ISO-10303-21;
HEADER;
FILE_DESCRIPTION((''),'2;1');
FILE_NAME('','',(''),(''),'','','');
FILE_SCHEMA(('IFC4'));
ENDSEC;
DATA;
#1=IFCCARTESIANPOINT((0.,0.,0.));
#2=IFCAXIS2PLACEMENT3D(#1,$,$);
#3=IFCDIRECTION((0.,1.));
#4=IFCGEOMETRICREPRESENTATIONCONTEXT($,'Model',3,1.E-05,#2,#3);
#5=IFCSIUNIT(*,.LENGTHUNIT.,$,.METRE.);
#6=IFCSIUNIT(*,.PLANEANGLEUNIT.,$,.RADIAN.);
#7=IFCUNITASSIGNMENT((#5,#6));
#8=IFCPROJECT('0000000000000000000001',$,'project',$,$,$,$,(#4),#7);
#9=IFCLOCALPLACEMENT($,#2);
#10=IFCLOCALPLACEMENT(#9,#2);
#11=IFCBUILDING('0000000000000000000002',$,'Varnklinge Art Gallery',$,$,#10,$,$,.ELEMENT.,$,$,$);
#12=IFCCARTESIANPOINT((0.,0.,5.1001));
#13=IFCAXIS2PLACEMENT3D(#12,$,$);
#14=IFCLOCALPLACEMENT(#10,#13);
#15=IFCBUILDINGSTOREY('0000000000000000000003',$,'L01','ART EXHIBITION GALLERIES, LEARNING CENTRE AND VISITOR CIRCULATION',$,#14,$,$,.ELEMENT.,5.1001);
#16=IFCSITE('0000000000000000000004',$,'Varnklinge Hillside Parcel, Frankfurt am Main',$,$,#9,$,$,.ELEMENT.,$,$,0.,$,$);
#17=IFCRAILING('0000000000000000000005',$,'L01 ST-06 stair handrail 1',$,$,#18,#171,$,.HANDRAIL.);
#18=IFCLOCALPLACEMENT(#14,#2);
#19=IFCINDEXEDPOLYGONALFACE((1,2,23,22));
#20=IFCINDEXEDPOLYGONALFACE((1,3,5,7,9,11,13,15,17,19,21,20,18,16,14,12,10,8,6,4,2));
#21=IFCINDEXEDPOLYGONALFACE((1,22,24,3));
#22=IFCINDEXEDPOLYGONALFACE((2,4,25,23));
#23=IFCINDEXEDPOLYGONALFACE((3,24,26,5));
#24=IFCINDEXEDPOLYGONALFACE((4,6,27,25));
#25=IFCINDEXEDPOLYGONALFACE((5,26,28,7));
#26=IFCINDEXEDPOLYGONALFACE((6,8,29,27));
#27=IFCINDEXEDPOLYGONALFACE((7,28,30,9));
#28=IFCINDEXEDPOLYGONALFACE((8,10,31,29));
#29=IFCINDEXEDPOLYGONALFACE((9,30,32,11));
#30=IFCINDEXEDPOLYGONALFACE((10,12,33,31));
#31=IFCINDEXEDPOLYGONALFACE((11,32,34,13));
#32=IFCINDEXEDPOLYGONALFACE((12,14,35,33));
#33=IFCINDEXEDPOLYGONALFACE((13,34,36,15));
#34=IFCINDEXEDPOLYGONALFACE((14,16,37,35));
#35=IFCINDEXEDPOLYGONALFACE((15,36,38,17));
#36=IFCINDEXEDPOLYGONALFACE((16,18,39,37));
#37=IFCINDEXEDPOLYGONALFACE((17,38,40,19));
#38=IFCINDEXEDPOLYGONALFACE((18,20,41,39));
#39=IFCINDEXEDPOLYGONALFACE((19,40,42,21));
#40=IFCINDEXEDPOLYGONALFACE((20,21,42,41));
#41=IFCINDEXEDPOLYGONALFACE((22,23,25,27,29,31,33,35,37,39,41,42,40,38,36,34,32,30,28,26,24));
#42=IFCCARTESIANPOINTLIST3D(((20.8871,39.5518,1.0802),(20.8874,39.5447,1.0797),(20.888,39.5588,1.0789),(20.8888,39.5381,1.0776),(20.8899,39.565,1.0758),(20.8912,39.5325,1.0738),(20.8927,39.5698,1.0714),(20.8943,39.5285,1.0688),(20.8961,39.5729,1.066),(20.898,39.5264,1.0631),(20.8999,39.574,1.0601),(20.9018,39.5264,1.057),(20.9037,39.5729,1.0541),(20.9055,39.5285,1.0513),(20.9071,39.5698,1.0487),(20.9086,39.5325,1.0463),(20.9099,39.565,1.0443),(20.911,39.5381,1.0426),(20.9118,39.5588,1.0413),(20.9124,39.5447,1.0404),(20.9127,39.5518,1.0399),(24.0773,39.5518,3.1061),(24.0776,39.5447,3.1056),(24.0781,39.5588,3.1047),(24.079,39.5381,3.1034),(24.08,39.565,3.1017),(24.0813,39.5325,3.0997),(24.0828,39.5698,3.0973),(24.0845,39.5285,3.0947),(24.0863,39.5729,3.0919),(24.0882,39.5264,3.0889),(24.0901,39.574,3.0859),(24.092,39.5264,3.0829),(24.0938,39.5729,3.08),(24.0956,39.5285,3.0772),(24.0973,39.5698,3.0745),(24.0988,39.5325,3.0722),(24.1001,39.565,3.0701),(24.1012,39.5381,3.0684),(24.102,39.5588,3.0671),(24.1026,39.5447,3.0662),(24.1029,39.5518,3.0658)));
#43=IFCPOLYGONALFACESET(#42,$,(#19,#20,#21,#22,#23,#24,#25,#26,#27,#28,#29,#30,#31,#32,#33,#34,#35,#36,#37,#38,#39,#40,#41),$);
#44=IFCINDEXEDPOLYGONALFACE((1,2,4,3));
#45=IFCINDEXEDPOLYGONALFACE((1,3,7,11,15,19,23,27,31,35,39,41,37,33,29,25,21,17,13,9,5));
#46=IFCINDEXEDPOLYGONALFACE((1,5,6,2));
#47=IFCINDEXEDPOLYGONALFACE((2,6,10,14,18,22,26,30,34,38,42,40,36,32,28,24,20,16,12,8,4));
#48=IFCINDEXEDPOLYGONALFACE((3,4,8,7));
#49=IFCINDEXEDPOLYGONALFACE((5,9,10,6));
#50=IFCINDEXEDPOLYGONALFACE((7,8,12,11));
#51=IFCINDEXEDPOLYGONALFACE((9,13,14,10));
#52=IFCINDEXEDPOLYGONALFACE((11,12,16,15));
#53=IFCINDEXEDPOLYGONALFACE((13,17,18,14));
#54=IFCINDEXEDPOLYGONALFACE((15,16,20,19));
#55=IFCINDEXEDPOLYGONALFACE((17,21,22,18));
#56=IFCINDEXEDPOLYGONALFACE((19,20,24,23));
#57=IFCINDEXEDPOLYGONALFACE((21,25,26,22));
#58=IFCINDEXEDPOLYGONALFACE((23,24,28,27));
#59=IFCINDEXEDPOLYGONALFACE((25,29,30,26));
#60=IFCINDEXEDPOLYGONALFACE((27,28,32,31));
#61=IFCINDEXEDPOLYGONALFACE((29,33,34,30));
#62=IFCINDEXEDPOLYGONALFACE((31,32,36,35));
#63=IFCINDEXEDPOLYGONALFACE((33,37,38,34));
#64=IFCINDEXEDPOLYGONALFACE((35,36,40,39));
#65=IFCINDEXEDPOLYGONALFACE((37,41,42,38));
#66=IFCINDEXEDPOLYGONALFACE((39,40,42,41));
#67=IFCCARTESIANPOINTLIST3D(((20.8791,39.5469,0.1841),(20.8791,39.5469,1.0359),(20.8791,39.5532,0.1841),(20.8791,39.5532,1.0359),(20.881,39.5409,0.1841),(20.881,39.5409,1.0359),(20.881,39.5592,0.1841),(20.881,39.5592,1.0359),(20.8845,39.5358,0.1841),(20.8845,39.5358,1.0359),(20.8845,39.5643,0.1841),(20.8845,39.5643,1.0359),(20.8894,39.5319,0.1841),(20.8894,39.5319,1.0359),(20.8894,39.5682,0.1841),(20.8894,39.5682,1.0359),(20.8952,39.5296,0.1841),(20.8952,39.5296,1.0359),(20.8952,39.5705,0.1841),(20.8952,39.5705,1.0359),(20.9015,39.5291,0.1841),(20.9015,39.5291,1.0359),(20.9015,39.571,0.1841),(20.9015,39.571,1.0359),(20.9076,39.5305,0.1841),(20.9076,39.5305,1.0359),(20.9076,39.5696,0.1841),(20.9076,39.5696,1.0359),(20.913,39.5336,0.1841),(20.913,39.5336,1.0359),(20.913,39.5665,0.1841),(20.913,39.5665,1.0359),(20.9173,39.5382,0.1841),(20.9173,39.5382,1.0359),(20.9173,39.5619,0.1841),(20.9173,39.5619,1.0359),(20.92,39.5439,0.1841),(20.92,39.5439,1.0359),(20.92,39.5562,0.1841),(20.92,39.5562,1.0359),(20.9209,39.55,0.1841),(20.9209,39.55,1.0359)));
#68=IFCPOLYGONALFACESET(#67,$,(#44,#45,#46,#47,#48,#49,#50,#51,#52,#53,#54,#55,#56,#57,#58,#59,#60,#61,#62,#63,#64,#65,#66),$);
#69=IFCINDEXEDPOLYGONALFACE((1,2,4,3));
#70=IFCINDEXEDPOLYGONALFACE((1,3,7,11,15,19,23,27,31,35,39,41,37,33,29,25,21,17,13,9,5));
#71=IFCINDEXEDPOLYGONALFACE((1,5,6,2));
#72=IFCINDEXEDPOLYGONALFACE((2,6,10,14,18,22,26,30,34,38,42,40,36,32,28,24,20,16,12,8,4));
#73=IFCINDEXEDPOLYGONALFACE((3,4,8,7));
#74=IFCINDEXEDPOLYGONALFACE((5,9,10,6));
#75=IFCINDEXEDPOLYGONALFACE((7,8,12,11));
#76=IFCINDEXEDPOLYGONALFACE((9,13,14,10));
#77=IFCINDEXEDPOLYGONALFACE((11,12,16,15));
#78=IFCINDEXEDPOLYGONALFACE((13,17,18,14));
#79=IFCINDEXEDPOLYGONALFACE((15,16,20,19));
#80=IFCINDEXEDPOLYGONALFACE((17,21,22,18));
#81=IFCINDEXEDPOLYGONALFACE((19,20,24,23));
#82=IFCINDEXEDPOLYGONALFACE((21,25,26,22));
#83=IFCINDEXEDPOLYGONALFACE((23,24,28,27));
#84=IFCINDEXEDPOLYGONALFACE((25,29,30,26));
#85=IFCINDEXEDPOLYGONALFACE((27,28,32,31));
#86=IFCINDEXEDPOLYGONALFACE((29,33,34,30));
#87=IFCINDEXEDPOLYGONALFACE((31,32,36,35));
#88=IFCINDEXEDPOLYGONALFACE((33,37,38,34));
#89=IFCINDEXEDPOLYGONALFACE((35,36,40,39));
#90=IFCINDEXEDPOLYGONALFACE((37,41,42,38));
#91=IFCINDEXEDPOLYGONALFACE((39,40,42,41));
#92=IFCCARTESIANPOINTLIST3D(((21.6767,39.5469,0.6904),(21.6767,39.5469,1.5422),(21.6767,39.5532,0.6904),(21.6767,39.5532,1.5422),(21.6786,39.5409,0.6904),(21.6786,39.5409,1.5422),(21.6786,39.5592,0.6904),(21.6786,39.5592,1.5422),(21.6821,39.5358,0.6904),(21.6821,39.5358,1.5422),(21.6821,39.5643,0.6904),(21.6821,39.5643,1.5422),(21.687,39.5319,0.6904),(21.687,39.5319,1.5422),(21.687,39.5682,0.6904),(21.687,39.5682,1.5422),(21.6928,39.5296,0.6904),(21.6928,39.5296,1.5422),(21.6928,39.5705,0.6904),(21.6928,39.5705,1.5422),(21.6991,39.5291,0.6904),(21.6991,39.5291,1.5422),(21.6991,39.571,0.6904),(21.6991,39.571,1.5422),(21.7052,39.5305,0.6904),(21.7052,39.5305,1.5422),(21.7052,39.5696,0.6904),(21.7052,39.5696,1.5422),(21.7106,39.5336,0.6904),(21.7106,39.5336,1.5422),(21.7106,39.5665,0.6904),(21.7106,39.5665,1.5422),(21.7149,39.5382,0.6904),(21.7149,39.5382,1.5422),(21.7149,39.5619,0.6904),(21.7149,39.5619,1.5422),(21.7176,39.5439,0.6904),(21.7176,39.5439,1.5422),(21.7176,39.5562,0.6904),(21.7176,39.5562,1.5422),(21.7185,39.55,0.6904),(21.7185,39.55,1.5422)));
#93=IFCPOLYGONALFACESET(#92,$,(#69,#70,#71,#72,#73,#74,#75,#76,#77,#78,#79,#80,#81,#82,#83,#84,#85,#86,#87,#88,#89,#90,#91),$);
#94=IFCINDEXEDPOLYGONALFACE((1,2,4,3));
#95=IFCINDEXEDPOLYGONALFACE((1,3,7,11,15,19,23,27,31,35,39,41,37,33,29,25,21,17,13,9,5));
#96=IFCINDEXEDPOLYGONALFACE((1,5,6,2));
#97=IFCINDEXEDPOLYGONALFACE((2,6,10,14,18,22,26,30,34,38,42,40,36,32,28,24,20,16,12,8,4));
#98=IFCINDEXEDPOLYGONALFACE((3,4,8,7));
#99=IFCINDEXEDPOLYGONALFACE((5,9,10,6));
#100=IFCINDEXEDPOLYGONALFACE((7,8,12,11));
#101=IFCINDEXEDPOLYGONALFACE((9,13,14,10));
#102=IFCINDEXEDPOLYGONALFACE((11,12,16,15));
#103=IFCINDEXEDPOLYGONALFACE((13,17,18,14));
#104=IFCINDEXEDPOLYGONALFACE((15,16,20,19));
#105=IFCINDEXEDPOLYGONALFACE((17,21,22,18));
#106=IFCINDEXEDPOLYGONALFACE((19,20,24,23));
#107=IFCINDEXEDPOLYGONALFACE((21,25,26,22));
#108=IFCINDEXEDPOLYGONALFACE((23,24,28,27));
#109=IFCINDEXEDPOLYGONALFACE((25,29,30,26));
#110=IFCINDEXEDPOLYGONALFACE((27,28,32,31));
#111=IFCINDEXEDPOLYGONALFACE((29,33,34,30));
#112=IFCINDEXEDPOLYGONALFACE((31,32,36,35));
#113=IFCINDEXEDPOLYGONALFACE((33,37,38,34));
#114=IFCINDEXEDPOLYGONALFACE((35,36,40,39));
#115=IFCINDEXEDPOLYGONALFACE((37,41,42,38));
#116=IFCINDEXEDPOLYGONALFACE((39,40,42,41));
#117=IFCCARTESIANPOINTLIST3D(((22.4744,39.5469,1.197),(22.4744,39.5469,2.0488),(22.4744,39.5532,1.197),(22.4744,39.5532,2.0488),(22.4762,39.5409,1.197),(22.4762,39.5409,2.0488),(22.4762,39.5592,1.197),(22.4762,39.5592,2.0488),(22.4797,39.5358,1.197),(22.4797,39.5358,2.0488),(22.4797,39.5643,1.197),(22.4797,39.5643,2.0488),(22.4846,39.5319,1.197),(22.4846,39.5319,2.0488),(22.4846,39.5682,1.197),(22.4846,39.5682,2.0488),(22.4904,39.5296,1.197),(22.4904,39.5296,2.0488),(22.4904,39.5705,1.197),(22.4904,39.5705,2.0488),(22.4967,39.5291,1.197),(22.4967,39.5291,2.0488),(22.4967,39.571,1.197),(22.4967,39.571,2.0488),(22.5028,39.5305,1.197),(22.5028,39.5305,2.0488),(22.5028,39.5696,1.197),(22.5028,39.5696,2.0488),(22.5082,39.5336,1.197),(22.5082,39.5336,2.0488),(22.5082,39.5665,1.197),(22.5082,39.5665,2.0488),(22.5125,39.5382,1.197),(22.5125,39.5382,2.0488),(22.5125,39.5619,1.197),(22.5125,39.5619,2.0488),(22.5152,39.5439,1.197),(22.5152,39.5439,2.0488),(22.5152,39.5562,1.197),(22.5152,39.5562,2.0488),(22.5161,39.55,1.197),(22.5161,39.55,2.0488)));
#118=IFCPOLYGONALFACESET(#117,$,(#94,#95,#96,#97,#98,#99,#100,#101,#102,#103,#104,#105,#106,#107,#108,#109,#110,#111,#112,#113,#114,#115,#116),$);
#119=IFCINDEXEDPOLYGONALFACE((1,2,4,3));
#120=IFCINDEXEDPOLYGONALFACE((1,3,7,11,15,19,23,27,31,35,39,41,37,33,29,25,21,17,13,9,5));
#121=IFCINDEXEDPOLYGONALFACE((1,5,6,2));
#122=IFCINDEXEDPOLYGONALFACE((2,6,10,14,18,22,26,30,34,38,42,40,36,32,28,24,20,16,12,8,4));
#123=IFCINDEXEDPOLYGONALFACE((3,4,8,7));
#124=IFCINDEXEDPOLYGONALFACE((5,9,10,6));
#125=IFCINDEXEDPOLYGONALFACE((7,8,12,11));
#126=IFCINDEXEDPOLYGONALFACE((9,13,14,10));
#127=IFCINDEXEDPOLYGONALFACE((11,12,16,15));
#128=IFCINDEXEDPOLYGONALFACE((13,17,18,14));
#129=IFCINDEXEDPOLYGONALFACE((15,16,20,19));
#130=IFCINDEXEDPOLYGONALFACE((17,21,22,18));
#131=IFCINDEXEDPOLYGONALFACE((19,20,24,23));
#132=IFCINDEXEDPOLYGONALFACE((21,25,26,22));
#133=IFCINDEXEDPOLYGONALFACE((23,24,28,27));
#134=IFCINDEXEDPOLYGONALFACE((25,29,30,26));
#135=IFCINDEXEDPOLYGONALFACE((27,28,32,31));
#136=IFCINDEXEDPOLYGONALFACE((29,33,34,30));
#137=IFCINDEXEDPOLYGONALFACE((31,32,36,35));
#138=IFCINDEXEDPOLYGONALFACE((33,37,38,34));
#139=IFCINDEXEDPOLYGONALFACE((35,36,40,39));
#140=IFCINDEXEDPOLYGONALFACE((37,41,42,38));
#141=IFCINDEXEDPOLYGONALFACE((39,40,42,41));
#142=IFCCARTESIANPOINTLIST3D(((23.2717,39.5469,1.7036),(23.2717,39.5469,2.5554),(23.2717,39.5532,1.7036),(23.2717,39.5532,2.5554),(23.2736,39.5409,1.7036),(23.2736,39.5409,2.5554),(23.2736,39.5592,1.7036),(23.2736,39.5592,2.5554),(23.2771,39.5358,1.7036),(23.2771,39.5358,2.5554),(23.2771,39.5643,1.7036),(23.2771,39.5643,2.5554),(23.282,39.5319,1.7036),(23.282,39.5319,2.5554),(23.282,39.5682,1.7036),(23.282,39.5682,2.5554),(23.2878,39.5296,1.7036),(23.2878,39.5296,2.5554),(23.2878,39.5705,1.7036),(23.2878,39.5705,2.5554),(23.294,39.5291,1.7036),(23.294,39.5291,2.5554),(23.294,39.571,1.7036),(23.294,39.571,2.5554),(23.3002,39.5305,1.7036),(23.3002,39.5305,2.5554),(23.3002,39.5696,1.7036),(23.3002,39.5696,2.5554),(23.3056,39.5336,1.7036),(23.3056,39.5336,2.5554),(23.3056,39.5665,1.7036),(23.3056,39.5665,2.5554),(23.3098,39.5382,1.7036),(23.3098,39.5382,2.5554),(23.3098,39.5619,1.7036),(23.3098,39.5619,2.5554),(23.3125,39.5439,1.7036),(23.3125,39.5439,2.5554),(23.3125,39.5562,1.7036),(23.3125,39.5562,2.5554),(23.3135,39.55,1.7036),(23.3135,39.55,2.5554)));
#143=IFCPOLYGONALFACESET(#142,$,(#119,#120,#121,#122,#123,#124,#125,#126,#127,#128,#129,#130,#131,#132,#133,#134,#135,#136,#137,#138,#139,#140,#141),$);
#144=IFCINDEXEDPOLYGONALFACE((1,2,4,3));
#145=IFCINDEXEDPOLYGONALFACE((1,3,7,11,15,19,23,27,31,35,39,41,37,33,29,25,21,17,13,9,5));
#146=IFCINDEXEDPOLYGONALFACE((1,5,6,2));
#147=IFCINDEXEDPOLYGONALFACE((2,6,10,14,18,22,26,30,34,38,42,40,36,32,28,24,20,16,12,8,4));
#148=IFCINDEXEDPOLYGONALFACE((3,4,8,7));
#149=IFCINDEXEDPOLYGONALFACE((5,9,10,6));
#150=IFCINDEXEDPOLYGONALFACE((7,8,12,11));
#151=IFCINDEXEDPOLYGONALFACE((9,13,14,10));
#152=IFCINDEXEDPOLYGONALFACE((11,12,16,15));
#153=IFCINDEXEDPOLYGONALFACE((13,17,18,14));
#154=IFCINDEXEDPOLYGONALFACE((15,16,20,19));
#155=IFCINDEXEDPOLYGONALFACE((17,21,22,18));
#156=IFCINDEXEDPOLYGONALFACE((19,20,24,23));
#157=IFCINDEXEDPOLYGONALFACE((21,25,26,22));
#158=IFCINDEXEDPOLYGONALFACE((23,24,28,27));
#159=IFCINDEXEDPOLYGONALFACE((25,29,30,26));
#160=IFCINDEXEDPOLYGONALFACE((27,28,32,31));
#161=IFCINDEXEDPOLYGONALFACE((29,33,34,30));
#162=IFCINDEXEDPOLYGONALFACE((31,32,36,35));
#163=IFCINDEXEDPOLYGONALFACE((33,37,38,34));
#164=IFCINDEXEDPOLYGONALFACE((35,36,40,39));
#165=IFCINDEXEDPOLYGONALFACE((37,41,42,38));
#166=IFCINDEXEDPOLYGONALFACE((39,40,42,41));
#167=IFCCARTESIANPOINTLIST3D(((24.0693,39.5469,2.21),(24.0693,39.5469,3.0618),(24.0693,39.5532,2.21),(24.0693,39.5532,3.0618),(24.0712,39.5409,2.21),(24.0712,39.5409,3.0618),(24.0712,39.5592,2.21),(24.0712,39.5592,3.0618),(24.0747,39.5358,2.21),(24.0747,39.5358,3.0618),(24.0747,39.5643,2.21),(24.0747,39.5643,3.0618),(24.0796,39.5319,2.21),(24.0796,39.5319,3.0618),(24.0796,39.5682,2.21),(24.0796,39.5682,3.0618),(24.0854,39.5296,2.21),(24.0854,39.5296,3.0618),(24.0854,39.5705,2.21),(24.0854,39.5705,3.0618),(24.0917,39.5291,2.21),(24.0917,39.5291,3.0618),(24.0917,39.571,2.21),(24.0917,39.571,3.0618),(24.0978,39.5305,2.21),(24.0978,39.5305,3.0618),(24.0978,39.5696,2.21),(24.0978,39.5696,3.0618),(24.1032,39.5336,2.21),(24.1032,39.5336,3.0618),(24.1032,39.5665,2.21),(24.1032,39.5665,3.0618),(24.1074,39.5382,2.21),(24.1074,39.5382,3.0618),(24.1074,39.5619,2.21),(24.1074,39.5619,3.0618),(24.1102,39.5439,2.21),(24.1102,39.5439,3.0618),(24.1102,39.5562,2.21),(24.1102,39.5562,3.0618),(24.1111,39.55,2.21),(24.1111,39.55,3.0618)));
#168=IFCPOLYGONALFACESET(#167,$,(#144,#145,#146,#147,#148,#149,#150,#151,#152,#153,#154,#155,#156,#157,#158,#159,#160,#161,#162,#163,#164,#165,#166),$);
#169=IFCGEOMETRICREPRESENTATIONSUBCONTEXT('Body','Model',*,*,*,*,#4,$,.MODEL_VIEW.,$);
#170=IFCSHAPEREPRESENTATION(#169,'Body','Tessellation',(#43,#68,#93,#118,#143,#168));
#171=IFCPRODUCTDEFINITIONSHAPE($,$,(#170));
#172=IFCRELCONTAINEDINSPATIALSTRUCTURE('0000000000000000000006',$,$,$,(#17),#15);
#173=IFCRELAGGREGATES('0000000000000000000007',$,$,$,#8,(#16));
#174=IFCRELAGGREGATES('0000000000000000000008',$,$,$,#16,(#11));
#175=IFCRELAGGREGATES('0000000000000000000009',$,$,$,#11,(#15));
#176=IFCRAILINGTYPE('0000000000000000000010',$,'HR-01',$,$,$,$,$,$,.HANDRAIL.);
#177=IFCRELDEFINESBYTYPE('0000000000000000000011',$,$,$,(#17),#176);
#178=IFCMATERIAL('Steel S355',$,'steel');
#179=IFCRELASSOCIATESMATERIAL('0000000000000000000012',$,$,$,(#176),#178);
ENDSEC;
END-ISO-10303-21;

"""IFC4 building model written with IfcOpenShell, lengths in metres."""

from ifc_helpers import new_model, si_unit, direction, frame, origin, origin_2d, place, context, subcontext, project, spatial, circle, extrude, material, type_object, element, save


model = new_model("IFC4")

# Units and contexts
model_context = context("Model", 3, precision=1e-05, world=origin(), true_north=direction((0.0, 1.0)))
body_context = subcontext(model_context, "Body", "Model", "MODEL_VIEW")
ifc_project = project(units=[si_unit("LENGTHUNIT", "METRE"), si_unit("PLANEANGLEUNIT", "RADIAN")], contexts=[model_context])

# Site, building, storey
site_placement = place(None, origin())
site = spatial("IfcSite", under=ifc_project, at=site_placement, Name="Varnklinge Hillside Parcel, Frankfurt am Main", CompositionType="ELEMENT", RefElevation=0.0)
building_placement = place(site_placement, origin())
building = spatial("IfcBuilding", under=site, at=building_placement, Name="Varnklinge Art Gallery", CompositionType="ELEMENT")
storey_placement = place(building_placement, frame((0.0, 0.0, 5.1001)))
storey = spatial("IfcBuildingStorey", under=building, at=storey_placement, Name="L01", Description="ART EXHIBITION GALLERIES, LEARNING CENTRE AND VISITOR CIRCULATION", CompositionType="ELEMENT", Elevation=5.1001)

# Railing
ifc_material_1 = material(Name="Steel S355", Category="steel")
railing_type_1 = type_object("IfcRailingType", Name="HR-01", PredefinedType="HANDRAIL", material=ifc_material_1)
railing_1_placement = place(storey_placement, frame((20.8999, 39.55, 0.1841)))
element("IfcRailing", 1, at=railing_1_placement, inside=storey, type_object=railing_type_1, Name="L01 ST-06 stair handrail 1", PredefinedType="HANDRAIL", context=body_context, shape_type="SweptSolid", body=[
    extrude(circle(Radius=0.0239, at=origin_2d()), frame((0.0, 0.0, 0.876), z_axis=(0.844169, 0.0, 0.536077), x_axis=(0.0, 1.0, 0.0)), (0.0, 0.0, 1.0), 3.7791),
    extrude(circle(Radius=0.021, at=origin_2d()), origin(), (0.0, 0.0, 1.0), 0.8518),
    extrude(circle(Radius=0.021, at=origin_2d()), frame((0.7976, 0.0, 0.5063)), (0.0, 0.0, 1.0), 0.8518),
    extrude(circle(Radius=0.021, at=origin_2d()), frame((1.5952, 0.0, 1.0129)), (0.0, 0.0, 1.0), 0.8518),
    extrude(circle(Radius=0.021, at=origin_2d()), frame((2.3926, 0.0, 1.5195)), (0.0, 0.0, 1.0), 0.8518),
    extrude(circle(Radius=0.021, at=origin_2d()), frame((3.1902, 0.0, 2.0259)), (0.0, 0.0, 1.0), 0.8518),
])

save(model, "model.ifc")
